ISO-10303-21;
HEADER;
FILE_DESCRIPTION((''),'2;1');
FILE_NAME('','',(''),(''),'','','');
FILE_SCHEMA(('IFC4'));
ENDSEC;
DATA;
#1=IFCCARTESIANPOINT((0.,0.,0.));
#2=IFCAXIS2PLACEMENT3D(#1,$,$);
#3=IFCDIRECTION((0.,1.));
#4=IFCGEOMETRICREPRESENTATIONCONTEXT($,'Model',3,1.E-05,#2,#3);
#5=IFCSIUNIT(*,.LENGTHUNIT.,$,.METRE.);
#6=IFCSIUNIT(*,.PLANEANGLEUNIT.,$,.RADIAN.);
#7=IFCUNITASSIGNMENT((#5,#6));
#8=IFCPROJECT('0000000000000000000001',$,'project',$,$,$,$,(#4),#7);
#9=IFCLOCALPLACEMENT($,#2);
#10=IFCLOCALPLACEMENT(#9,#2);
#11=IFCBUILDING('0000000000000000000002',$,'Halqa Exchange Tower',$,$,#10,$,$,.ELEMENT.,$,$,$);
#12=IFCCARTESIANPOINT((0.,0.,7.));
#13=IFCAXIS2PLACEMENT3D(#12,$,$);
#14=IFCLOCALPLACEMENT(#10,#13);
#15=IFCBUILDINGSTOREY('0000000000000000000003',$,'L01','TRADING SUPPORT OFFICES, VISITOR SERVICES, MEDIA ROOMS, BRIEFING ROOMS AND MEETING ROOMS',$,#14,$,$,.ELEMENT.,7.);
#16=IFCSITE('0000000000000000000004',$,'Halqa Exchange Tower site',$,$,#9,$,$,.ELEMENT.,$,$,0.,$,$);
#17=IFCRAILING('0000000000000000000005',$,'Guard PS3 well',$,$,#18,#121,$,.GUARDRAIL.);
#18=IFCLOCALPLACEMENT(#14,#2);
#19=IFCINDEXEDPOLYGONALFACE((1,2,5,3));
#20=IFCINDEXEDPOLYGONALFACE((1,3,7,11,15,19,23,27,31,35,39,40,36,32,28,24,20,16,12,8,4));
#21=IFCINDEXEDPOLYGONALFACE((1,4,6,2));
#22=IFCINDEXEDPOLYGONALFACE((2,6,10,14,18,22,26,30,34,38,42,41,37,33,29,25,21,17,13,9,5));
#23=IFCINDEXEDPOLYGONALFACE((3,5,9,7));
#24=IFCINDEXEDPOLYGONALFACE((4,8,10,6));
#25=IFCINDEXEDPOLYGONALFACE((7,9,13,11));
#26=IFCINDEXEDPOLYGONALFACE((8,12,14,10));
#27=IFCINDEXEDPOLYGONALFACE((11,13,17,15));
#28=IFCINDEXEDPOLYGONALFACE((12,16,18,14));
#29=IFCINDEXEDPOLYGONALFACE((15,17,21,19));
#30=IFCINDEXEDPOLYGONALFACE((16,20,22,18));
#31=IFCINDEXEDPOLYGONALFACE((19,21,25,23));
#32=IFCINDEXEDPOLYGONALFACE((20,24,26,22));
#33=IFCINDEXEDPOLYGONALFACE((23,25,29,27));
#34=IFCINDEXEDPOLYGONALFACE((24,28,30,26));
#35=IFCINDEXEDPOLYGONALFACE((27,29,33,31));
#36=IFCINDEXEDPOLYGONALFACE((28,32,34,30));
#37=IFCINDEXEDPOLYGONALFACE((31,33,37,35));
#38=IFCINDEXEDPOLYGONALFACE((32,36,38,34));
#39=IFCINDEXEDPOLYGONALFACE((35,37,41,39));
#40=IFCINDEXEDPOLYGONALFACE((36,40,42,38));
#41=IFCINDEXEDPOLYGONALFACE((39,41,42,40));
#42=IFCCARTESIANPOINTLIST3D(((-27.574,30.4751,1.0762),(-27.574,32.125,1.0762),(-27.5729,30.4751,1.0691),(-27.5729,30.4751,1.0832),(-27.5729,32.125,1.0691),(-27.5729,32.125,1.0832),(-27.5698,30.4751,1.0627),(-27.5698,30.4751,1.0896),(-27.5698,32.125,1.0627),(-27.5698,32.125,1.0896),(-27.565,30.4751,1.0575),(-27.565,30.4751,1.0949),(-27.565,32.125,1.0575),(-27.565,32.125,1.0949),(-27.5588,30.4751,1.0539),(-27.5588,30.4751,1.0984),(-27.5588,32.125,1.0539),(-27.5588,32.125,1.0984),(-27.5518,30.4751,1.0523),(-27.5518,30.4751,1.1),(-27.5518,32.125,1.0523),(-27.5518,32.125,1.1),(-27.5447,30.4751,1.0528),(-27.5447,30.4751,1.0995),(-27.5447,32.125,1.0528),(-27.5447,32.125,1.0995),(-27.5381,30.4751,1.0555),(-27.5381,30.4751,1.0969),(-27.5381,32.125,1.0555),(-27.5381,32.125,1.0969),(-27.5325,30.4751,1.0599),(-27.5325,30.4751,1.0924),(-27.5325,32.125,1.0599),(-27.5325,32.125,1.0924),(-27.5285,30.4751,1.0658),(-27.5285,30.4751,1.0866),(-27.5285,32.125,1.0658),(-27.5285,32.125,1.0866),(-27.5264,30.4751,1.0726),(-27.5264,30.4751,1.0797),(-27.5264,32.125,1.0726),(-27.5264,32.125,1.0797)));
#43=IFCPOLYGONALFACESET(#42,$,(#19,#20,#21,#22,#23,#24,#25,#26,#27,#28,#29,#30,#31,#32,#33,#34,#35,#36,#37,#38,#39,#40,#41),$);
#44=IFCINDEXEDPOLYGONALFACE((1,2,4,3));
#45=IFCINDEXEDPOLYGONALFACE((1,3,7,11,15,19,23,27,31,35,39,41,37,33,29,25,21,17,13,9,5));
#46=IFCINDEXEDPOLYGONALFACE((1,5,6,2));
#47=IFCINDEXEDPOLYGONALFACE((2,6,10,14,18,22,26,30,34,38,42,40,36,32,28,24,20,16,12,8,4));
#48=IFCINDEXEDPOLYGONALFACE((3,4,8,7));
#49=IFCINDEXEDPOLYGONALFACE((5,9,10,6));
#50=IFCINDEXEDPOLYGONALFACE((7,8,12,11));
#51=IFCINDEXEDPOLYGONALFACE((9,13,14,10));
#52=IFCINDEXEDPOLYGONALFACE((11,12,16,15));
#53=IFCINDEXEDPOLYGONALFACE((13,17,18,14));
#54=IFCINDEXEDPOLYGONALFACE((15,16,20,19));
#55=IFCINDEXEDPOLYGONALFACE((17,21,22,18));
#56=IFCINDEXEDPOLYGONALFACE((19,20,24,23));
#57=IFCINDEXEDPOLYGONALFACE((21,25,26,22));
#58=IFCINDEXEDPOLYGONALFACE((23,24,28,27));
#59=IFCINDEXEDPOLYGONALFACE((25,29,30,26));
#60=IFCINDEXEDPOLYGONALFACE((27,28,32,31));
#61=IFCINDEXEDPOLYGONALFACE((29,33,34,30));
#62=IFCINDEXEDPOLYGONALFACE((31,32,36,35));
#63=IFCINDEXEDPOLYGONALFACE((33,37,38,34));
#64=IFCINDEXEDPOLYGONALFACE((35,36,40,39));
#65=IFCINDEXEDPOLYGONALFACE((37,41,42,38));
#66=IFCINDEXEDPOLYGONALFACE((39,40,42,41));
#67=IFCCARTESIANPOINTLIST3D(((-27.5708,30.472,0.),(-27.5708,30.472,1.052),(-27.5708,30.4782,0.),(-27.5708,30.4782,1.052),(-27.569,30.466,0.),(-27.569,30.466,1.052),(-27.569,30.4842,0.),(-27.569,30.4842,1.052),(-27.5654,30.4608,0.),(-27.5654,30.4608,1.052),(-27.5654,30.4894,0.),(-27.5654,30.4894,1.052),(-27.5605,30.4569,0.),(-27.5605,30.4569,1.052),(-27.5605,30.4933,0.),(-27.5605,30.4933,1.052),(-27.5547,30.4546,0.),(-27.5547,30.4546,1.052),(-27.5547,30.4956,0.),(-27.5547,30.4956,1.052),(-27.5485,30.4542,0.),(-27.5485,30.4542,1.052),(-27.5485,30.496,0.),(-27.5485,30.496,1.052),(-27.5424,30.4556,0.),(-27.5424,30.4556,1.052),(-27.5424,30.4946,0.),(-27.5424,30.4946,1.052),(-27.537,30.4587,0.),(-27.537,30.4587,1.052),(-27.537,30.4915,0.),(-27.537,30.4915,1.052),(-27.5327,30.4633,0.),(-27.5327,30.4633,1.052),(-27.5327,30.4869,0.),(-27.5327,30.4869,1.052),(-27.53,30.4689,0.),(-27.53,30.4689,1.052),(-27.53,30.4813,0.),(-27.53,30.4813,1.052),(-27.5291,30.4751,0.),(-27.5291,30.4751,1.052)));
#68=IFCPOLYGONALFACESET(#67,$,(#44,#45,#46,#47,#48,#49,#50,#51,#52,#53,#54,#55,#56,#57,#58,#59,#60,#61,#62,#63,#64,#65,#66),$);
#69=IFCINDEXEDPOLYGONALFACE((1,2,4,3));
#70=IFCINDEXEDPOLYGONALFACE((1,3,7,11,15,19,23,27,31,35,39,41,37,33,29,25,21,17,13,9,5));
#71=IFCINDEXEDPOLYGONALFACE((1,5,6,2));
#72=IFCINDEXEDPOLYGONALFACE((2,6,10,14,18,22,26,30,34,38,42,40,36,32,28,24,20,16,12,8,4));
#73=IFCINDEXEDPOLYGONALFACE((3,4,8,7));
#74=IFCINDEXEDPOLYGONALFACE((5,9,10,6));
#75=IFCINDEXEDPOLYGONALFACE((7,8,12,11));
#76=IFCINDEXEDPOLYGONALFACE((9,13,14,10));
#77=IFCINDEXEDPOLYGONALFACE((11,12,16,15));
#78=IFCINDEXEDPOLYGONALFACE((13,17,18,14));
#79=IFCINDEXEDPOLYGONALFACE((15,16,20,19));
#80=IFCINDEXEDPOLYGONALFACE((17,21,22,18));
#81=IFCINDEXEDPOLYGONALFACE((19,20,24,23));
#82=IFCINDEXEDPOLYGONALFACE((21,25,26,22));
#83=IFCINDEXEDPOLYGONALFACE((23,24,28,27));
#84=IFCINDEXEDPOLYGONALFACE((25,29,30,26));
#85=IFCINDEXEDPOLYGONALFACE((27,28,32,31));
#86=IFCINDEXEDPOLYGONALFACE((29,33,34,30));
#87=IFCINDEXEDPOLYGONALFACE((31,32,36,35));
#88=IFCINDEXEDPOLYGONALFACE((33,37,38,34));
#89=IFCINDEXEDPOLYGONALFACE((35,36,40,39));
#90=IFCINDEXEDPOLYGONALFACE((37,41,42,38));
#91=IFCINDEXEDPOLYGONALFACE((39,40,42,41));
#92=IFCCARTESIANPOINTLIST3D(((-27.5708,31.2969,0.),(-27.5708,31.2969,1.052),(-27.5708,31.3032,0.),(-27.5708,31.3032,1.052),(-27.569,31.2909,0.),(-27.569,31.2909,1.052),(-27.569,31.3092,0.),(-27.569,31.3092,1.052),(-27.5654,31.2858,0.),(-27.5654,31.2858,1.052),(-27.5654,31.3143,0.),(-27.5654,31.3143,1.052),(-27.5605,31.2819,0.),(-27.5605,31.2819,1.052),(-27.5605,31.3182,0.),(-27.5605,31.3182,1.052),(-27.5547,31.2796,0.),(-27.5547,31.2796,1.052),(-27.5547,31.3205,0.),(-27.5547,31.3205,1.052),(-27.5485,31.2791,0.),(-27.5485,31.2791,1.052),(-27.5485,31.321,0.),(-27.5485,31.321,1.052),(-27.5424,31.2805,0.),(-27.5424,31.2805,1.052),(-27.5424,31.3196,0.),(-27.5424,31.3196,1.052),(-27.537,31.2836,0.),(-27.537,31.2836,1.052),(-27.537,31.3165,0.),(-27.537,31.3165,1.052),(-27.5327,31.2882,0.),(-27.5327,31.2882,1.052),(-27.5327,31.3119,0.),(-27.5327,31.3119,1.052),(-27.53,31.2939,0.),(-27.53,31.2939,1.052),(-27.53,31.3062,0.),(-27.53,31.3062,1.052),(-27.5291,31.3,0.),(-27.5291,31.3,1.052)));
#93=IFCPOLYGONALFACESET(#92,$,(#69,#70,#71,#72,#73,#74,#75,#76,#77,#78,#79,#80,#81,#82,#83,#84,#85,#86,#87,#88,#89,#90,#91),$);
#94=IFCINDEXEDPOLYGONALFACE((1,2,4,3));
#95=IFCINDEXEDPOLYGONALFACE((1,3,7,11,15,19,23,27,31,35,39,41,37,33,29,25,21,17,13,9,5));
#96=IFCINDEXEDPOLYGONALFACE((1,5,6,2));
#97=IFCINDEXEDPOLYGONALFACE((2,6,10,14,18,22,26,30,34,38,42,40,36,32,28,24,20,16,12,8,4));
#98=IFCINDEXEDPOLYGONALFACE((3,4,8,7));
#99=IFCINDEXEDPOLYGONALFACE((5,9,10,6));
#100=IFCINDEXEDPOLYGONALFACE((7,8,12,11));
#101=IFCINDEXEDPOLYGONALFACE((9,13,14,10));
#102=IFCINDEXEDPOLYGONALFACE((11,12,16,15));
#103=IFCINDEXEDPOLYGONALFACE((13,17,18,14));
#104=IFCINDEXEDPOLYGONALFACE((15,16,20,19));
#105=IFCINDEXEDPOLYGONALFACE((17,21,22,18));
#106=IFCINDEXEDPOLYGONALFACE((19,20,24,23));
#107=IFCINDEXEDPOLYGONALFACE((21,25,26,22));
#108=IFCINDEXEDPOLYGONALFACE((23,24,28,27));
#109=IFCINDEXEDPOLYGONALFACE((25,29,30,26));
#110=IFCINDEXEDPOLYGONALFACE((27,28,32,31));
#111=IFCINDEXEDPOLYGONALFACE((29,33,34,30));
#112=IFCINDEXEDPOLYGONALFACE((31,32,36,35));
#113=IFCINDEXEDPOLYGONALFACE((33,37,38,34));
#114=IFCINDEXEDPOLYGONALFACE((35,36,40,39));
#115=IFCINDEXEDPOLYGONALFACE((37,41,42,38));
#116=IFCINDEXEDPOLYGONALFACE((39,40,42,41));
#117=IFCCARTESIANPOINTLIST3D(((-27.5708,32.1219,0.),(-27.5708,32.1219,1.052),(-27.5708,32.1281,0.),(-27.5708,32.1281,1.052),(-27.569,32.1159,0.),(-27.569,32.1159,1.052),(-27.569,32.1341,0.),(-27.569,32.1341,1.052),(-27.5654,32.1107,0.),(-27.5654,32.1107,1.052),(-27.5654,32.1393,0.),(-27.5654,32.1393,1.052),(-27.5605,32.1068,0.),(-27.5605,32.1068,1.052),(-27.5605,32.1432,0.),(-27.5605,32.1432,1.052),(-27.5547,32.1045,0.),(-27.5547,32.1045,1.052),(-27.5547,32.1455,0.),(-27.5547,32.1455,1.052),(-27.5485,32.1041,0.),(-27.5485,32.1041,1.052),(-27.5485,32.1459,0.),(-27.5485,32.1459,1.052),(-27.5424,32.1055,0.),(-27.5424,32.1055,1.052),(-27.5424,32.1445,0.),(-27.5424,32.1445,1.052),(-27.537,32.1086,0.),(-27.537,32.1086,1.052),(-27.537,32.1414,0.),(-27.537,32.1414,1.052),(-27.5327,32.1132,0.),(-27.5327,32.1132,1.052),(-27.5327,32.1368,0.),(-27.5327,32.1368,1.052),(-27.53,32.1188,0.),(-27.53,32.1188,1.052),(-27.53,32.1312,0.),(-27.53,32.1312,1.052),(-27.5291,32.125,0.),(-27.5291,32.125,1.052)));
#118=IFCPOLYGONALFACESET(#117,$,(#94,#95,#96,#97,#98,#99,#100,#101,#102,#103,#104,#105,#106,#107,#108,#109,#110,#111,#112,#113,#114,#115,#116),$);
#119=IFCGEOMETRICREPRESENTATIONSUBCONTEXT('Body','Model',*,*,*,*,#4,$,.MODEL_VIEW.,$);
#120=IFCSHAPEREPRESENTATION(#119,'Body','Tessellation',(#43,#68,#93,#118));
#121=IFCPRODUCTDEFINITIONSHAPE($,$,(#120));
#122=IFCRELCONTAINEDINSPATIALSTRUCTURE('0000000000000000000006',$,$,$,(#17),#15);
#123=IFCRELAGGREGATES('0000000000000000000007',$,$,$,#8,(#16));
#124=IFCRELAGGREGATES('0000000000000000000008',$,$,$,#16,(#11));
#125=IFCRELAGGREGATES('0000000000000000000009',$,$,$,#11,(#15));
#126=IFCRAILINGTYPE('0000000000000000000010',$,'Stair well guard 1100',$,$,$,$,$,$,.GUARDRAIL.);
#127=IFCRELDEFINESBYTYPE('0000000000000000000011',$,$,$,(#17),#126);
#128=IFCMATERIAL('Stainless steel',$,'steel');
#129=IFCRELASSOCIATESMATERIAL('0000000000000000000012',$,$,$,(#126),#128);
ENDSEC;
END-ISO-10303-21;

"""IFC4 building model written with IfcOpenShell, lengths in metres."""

from ifc_helpers import new_model, si_unit, direction, frame, origin, origin_2d, place, context, subcontext, project, spatial, circle, extrude, material, type_object, element, save


model = new_model("IFC4")

# Units and contexts
model_context = context("Model", 3, precision=1e-05, world=origin(), true_north=direction((0.0, 1.0)))
body_context = subcontext(model_context, "Body", "Model", "MODEL_VIEW")
ifc_project = project(units=[si_unit("LENGTHUNIT", "METRE"), si_unit("PLANEANGLEUNIT", "RADIAN")], contexts=[model_context])

# Site, building, storey
site_placement = place(None, origin())
site = spatial("IfcSite", under=ifc_project, at=site_placement, Name="Halqa Exchange Tower site", CompositionType="ELEMENT", RefElevation=0.0)
building_placement = place(site_placement, origin())
building = spatial("IfcBuilding", under=site, at=building_placement, Name="Halqa Exchange Tower", CompositionType="ELEMENT")
storey_placement = place(building_placement, frame((0.0, 0.0, 7.0)))
storey = spatial("IfcBuildingStorey", under=building, at=storey_placement, Name="L01", Description="TRADING SUPPORT OFFICES, VISITOR SERVICES, MEDIA ROOMS, BRIEFING ROOMS AND MEETING ROOMS", CompositionType="ELEMENT", Elevation=7.0)

# Railing
ifc_material_1 = material(Name="Stainless steel", Category="steel")
railing_type = type_object("IfcRailingType", Name="Stair well guard 1100", PredefinedType="GUARDRAIL", material=ifc_material_1)
railing_placement = place(storey_placement, frame((-27.55, 30.4751, 0.0)))
element("IfcRailing", 1, at=railing_placement, inside=storey, type_object=railing_type, Name="Guard PS3 well", PredefinedType="GUARDRAIL", context=body_context, shape_type="SweptSolid", body=[
    extrude(circle(Radius=0.0239, at=origin_2d()), frame((0.0, 0.0, 1.0762), z_axis=(0.0, 1.0, 0.0), x_axis=(-1.0, 0.0, 0.0)), (0.0, 0.0, 1.0), 1.6499),
    extrude(circle(Radius=0.021, at=origin_2d()), origin(), (0.0, 0.0, 1.0), 1.052),
    extrude(circle(Radius=0.021, at=origin_2d()), frame((0.0, 0.825, 0.0)), (0.0, 0.0, 1.0), 1.052),
    extrude(circle(Radius=0.021, at=origin_2d()), frame((0.0, 1.6499, 0.0)), (0.0, 0.0, 1.0), 1.052),
])

save(model, "model.ifc")
